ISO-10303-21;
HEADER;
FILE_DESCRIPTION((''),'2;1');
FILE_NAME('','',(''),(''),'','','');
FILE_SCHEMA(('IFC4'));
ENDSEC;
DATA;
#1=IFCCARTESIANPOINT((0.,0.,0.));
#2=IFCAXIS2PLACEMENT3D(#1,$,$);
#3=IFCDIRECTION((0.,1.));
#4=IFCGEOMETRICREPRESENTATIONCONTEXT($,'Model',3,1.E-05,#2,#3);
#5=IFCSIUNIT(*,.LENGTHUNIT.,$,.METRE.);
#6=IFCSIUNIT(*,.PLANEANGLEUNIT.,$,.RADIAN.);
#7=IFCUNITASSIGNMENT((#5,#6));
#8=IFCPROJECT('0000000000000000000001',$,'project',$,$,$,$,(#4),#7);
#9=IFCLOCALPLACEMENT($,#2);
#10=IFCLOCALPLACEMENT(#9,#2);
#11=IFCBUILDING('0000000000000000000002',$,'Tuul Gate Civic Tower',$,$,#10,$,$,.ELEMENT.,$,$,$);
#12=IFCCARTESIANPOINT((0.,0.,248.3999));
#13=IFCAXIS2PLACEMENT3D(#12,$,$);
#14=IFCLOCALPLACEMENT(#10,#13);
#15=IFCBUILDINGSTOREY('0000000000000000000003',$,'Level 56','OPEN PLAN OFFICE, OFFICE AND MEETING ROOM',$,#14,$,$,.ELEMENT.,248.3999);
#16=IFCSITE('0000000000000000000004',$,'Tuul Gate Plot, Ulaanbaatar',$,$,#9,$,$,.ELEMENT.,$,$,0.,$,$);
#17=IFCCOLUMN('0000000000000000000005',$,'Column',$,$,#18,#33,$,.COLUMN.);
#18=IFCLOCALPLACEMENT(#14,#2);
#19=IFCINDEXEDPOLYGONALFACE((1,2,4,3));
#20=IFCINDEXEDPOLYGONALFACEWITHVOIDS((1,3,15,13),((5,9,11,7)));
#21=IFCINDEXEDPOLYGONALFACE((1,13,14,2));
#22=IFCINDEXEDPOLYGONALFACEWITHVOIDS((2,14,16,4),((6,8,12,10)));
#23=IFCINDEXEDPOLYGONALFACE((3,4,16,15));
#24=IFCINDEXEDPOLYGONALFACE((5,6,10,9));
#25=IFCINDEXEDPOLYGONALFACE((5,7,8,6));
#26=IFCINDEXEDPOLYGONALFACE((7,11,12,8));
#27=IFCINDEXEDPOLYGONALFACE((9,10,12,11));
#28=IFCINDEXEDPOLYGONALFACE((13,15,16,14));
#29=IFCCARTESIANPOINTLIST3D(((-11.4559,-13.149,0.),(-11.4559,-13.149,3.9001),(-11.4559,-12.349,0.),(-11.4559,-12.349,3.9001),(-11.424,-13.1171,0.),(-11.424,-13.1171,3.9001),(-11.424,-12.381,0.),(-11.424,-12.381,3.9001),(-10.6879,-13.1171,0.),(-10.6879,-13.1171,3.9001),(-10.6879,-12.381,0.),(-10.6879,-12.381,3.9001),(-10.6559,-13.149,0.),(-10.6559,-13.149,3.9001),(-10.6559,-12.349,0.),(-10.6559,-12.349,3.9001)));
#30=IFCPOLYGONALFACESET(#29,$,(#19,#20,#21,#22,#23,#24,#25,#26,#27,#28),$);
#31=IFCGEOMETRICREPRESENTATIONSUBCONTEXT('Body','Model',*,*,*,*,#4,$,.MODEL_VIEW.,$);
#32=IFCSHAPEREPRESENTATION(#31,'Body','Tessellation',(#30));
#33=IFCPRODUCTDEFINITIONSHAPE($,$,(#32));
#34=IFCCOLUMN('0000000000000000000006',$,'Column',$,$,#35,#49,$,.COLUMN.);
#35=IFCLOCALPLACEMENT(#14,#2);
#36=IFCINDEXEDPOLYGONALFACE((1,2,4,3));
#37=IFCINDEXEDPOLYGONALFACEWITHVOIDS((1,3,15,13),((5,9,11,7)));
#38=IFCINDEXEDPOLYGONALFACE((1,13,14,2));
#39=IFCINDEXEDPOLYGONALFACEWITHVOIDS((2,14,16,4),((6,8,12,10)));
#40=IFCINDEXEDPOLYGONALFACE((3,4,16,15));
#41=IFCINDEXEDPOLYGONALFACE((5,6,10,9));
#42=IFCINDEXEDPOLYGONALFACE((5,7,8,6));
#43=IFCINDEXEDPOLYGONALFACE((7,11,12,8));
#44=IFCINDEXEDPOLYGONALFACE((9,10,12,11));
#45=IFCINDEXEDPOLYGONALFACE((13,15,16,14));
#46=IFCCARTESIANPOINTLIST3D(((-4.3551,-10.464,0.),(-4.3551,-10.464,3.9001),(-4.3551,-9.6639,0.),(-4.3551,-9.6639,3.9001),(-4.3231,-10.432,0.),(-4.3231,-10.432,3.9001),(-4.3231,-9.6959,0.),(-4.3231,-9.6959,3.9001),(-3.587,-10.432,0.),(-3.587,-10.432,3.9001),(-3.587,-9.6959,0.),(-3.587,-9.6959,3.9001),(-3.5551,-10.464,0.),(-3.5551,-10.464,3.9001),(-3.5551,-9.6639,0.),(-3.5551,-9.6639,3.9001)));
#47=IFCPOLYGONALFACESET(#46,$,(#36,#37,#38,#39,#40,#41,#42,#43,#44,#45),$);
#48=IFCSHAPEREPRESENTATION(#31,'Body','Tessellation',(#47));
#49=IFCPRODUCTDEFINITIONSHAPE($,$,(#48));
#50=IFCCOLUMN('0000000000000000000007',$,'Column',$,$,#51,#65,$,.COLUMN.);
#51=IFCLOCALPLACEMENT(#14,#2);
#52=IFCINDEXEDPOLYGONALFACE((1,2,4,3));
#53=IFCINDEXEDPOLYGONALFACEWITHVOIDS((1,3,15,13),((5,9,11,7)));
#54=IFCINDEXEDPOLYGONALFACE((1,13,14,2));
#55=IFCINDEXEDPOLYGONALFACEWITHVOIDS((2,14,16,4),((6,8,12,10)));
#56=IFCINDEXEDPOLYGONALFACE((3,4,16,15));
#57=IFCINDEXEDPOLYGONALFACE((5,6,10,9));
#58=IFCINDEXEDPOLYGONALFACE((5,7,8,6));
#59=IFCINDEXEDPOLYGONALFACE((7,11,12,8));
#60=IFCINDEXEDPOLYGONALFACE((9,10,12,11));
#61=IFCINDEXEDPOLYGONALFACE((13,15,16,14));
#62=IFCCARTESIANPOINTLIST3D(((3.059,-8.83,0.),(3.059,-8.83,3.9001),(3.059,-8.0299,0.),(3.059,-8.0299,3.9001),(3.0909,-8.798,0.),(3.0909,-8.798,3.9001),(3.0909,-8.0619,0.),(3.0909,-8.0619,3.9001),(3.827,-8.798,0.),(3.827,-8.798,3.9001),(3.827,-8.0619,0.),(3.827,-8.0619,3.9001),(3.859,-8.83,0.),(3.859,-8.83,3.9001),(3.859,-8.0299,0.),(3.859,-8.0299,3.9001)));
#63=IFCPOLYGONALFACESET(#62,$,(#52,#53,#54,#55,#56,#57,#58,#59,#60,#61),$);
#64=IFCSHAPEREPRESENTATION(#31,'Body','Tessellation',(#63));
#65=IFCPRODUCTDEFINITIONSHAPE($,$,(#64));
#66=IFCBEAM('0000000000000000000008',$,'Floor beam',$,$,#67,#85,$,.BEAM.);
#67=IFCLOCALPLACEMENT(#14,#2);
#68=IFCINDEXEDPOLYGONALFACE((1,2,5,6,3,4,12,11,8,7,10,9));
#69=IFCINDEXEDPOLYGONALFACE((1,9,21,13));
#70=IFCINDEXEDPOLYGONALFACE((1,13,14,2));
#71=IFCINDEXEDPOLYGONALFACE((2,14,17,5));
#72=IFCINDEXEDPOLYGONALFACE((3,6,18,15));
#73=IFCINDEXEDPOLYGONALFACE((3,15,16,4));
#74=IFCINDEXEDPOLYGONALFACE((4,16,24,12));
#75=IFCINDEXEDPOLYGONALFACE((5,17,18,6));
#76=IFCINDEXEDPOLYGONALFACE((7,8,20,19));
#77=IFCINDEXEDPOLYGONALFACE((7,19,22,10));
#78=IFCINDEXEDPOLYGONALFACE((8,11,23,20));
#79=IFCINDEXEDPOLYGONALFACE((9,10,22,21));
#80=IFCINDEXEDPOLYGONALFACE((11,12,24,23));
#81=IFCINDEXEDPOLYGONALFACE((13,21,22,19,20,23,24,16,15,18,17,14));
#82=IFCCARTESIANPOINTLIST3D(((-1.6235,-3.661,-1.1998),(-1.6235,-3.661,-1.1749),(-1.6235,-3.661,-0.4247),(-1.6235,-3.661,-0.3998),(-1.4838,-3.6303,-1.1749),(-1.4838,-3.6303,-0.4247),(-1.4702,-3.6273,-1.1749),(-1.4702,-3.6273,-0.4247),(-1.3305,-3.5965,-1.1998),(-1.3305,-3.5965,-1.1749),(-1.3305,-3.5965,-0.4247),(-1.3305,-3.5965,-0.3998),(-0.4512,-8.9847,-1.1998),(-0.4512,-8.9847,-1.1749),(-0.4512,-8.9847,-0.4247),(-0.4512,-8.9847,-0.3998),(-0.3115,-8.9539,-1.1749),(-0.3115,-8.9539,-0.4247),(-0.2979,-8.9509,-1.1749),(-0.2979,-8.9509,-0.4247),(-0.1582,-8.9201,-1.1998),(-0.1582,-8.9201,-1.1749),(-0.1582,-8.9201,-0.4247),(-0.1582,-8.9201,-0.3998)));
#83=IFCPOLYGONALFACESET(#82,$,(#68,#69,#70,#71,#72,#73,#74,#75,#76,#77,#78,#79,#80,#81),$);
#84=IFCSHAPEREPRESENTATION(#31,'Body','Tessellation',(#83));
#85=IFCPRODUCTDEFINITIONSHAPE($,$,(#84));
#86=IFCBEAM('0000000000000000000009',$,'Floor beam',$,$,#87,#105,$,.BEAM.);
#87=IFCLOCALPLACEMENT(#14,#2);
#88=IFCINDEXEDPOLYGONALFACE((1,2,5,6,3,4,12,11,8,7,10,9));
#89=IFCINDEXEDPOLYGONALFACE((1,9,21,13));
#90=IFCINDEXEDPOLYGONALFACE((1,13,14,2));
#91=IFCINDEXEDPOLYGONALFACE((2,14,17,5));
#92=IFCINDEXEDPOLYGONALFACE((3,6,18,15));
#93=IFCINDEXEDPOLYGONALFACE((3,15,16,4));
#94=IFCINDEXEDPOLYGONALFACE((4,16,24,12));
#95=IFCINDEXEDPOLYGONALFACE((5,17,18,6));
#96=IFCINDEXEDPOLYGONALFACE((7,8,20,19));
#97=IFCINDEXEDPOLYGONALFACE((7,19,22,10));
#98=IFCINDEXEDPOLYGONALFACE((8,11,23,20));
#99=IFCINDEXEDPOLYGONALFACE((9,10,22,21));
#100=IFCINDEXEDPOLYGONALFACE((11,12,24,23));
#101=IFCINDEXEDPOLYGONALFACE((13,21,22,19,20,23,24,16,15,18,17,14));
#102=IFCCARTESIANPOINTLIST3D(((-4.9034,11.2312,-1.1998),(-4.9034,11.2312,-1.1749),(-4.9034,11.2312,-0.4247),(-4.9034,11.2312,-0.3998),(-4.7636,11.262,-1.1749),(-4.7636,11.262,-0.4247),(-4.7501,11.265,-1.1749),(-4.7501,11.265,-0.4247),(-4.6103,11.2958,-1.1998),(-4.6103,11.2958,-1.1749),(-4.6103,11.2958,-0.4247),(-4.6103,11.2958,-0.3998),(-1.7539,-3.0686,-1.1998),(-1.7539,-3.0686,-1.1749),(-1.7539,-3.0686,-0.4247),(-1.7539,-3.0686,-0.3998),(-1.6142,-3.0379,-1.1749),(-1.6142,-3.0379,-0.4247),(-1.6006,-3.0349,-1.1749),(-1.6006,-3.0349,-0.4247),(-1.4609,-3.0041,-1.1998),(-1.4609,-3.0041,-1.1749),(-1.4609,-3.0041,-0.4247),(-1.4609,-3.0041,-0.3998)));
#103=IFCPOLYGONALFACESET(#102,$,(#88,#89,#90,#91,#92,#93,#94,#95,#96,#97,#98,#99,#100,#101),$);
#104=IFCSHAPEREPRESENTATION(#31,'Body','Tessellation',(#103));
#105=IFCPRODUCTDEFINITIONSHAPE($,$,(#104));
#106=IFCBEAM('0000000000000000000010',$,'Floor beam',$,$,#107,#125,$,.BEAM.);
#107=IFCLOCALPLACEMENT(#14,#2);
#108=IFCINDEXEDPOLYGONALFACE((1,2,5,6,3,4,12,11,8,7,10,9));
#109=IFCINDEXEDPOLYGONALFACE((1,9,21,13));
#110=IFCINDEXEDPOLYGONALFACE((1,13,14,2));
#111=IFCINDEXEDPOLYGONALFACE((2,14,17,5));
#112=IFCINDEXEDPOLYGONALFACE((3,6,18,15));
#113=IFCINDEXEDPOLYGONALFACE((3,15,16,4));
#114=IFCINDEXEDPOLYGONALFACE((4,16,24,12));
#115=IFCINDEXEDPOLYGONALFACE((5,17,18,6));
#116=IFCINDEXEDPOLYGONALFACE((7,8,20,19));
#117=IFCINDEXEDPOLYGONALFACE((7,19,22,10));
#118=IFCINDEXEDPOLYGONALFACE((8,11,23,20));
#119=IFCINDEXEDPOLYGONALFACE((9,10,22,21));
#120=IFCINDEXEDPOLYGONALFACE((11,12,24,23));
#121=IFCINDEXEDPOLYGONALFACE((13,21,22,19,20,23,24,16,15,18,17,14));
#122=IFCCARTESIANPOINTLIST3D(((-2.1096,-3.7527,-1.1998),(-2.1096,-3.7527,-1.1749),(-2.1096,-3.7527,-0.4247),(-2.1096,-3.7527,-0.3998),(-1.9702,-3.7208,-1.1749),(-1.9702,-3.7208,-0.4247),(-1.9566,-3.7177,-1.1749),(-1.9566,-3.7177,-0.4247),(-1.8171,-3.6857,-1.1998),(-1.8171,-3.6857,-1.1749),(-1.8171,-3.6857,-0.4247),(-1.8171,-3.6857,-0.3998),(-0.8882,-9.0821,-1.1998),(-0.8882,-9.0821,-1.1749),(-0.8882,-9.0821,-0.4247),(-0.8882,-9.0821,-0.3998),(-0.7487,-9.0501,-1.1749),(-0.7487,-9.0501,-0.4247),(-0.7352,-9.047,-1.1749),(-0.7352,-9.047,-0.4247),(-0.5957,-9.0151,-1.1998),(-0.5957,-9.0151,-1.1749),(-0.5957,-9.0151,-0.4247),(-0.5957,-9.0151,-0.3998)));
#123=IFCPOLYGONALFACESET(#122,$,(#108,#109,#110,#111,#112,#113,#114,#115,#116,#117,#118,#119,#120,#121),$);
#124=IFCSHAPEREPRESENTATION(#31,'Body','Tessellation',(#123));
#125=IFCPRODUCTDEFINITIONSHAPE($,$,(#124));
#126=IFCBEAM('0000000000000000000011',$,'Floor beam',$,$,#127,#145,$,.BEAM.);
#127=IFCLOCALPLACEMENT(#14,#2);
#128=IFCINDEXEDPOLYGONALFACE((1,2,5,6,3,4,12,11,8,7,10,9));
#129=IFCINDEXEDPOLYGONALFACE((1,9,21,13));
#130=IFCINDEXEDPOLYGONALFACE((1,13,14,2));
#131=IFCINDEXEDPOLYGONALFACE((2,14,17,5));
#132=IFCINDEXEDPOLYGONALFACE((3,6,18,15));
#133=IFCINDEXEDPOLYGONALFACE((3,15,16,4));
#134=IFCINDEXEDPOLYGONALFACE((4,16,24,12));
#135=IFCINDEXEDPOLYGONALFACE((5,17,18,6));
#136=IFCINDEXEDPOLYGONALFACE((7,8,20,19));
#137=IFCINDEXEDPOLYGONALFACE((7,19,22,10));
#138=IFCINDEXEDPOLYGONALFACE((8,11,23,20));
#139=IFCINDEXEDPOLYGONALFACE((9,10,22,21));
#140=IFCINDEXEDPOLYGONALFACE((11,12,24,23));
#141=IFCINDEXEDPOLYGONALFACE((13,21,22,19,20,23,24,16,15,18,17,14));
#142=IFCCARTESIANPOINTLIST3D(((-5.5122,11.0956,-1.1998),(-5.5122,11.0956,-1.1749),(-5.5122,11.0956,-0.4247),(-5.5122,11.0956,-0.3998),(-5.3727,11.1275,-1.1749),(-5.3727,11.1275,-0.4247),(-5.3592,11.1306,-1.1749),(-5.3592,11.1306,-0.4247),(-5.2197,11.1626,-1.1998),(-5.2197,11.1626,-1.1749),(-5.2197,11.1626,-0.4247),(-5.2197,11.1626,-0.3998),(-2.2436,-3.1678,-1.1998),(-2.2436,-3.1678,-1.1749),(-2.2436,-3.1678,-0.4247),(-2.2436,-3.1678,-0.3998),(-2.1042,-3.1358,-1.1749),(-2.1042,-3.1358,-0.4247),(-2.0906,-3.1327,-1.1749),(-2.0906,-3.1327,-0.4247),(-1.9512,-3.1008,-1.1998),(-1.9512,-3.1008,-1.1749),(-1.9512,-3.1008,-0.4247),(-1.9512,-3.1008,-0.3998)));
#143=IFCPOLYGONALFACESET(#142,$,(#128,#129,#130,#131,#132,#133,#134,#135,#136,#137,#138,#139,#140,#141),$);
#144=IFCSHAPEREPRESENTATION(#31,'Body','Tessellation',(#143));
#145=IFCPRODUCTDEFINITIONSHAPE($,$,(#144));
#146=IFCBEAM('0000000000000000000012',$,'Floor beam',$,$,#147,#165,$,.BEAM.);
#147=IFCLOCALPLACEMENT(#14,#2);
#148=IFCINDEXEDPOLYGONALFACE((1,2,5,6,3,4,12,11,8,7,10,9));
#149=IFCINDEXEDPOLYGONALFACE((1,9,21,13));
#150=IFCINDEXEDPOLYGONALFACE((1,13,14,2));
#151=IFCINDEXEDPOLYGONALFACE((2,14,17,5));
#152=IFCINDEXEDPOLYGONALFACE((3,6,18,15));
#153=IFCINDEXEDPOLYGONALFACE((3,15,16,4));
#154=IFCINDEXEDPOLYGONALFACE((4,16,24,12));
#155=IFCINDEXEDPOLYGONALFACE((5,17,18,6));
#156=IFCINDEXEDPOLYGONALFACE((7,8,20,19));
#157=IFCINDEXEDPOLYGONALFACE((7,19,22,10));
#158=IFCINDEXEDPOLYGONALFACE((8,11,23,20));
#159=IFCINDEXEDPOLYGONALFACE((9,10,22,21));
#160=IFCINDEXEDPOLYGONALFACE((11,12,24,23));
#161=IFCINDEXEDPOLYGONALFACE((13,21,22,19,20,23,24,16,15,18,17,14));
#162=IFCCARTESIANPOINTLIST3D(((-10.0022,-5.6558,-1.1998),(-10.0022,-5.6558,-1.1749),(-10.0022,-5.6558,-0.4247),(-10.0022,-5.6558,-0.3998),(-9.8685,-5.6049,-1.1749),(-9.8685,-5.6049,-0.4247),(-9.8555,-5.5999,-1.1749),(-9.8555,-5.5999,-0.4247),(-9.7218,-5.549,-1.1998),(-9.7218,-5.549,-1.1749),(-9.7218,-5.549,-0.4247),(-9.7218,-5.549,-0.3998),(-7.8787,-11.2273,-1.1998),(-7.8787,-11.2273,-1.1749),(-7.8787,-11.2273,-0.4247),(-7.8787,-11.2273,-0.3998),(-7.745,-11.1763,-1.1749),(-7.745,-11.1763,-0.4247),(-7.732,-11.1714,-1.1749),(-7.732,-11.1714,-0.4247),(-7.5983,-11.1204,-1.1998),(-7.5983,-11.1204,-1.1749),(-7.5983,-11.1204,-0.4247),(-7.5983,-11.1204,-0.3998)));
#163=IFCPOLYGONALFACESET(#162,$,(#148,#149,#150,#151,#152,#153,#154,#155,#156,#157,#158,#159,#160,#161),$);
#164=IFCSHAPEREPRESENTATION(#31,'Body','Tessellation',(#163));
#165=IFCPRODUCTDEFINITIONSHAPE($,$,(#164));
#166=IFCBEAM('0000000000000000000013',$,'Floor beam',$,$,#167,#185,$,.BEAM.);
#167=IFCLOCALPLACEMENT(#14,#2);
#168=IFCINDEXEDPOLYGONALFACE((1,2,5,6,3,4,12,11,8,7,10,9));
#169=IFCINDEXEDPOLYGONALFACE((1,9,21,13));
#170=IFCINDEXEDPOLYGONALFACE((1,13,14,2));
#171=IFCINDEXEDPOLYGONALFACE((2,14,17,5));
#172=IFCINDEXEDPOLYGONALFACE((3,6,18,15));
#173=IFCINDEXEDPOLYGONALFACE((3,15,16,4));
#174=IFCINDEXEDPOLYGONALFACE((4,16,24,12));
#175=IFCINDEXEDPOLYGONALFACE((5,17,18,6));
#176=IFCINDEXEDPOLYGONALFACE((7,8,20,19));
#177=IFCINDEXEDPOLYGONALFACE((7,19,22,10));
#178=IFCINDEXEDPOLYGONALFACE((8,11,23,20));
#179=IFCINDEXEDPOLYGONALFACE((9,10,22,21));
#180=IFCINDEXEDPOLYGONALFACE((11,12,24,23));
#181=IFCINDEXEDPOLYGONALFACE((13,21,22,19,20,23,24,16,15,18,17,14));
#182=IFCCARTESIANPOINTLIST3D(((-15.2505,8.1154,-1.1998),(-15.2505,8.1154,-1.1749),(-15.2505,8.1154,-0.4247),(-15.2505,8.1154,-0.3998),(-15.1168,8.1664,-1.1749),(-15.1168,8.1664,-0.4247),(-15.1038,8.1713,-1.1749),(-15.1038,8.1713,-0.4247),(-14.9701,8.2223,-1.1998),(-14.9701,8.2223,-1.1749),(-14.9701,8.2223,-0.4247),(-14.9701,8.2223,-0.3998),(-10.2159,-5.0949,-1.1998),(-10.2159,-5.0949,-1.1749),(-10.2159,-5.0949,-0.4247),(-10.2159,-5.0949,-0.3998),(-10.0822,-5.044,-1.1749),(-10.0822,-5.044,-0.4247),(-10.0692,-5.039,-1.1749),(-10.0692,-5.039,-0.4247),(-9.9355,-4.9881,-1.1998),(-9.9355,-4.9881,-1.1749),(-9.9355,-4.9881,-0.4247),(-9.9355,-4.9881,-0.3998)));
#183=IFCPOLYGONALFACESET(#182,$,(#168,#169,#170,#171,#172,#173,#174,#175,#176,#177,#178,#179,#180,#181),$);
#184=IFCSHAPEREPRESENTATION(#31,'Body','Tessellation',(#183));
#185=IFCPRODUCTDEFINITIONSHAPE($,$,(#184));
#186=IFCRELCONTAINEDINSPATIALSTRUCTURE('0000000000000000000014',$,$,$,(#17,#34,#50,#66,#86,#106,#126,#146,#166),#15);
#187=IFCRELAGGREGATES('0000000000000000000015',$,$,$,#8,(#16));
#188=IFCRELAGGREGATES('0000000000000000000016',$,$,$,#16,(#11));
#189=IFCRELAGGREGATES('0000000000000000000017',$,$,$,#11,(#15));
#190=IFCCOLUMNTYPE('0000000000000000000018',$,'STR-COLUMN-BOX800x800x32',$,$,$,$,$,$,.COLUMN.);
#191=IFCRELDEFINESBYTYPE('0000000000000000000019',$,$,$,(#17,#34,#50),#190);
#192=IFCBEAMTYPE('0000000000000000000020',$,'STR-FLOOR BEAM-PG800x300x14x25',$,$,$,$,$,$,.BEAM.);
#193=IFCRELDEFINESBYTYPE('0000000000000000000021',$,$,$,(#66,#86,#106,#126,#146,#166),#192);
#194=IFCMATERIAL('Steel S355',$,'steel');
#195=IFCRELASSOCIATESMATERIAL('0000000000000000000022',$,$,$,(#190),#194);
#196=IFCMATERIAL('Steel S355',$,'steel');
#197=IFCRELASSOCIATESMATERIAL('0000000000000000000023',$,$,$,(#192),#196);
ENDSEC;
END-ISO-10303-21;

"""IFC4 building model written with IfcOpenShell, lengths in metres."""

from ifc_helpers import new_model, si_unit, direction, frame, origin, origin_2d, place, context, subcontext, project, spatial, hollow_rectangle, i_section, extrude, material, material_profile, profile_set, type_object, element, save


model = new_model("IFC4")

# Units and contexts
model_context = context("Model", 3, precision=1e-05, world=origin(), true_north=direction((0.0, 1.0)))
body_context = subcontext(model_context, "Body", "Model", "MODEL_VIEW")
ifc_project = project(units=[si_unit("LENGTHUNIT", "METRE"), si_unit("PLANEANGLEUNIT", "RADIAN")], contexts=[model_context])

# Site, building, storey
site_placement = place(None, origin())
site = spatial("IfcSite", under=ifc_project, at=site_placement, Name="Tuul Gate Plot, Ulaanbaatar", CompositionType="ELEMENT", RefElevation=0.0)
building_placement = place(site_placement, origin())
building = spatial("IfcBuilding", under=site, at=building_placement, Name="Tuul Gate Civic Tower", CompositionType="ELEMENT")
storey_placement = place(building_placement, frame((0.0, 0.0, 248.3999)))
storey = spatial("IfcBuildingStorey", under=building, at=storey_placement, Name="Level 56", Description="OPEN PLAN OFFICE, OFFICE AND MEETING ROOM", CompositionType="ELEMENT", Elevation=248.3999)

# Columns
ifc_material_1 = material(Name="Steel S355", Category="steel")
ifc_material_profile_1 = material_profile(ifc_material_1, hollow_rectangle(XDim=0.8, YDim=0.8, WallThickness=0.032, at=origin_2d()), Name="BOX800x800x32")
ifc_profile_set_1 = profile_set([ifc_material_profile_1], Name="Steel S355")
column_type = type_object("IfcColumnType", Name="STR-COLUMN-BOX800x800x32", PredefinedType="COLUMN", material=ifc_profile_set_1)
for number, where, z_axis, x_axis, name in (
    (1, (-11.0559, -12.749, 0.0), (0.0, 0.0, 1.0), (1.0, 0.0, 0.0), "Column"),
    (2, (-3.9551, -10.064, 0.0), (0.0, 0.0, 1.0), (1.0, 0.0, 0.0), "Column"),
    (3, (3.459, -8.4299, 0.0), (0.0, 0.0, 1.0), (1.0, 0.0, 0.0), "Column"),
):
    element("IfcColumn", number, at=place(storey_placement, frame(where, z_axis=z_axis, x_axis=x_axis)), inside=storey, type_object=column_type, Name=name, PredefinedType="COLUMN", context=body_context, shape_type="SweptSolid", body=[
        extrude(hollow_rectangle(XDim=0.8, YDim=0.8, WallThickness=0.032, at=origin_2d()), origin(), (0.0, 0.0, 1.0), 3.9001),
    ])

# Beams
ifc_material_2 = material(Name="Steel S355", Category="steel")
ifc_material_profile_2 = material_profile(ifc_material_2, i_section(OverallWidth=0.3, OverallDepth=0.8, WebThickness=0.0139, FlangeThickness=0.0249, at=origin_2d()), Name="PG800x300x14x25")
ifc_profile_set_2 = profile_set([ifc_material_profile_2], Name="Steel S355")
beam_type = type_object("IfcBeamType", Name="STR-FLOOR BEAM-PG800x300x14x25", PredefinedType="BEAM", material=ifc_profile_set_2)
beam_1_placement = place(storey_placement, frame((-0.3047, -8.9524, -0.7998), z_axis=(-0.215062, 0.9766, 0.0), x_axis=(-0.9766, -0.215062, 0.0)))
element("IfcBeam", 4, at=beam_1_placement, inside=storey, type_object=beam_type, Name="Floor beam", PredefinedType="BEAM", context=body_context, shape_type="SweptSolid", body=[
    extrude(i_section(OverallWidth=0.3, OverallDepth=0.8, WebThickness=0.0139, FlangeThickness=0.0249, at=origin_2d()), origin(), (0.0, 0.0, 1.0), 5.4512),
])
beam_2_placement = place(storey_placement, frame((-1.6074, -3.0364, -0.7998), z_axis=(-0.215087, 0.976595, 0.0), x_axis=(-0.976595, -0.215087, 0.0)))
element("IfcBeam", 5, at=beam_2_placement, inside=storey, type_object=beam_type, Name="Floor beam", PredefinedType="BEAM", context=body_context, shape_type="SweptSolid", body=[
    extrude(i_section(OverallWidth=0.3, OverallDepth=0.8, WebThickness=0.0139, FlangeThickness=0.0249, at=origin_2d()), origin(), (0.0, 0.0, 1.0), 14.6426),
])
beam_3_placement = place(storey_placement, frame((-0.7419, -9.0486, -0.7998), z_axis=(-0.223398, 0.974727, 0.0), x_axis=(-0.974727, -0.223398, 0.0)))
element("IfcBeam", 6, at=beam_3_placement, inside=storey, type_object=beam_type, Name="Floor beam", PredefinedType="BEAM", context=body_context, shape_type="SweptSolid", body=[
    extrude(i_section(OverallWidth=0.3, OverallDepth=0.8, WebThickness=0.0139, FlangeThickness=0.0249, at=origin_2d()), origin(), (0.0, 0.0, 1.0), 5.4675),
])
beam_4_placement = place(storey_placement, frame((-2.0974, -3.1343, -0.7998), z_axis=(-0.223367, 0.974735, 0.0), x_axis=(-0.974735, -0.223367, 0.0)))
element("IfcBeam", 7, at=beam_4_placement, inside=storey, type_object=beam_type, Name="Floor beam", PredefinedType="BEAM", context=body_context, shape_type="SweptSolid", body=[
    extrude(i_section(OverallWidth=0.3, OverallDepth=0.8, WebThickness=0.0139, FlangeThickness=0.0249, at=origin_2d()), origin(), (0.0, 0.0, 1.0), 14.6331),
])
beam_5_placement = place(storey_placement, frame((-7.7385, -11.1738, -0.7998), z_axis=(-0.356149, 0.934429, 0.0), x_axis=(-0.934429, -0.356149, 0.0)))
element("IfcBeam", 8, at=beam_5_placement, inside=storey, type_object=beam_type, Name="Floor beam", PredefinedType="BEAM", context=body_context, shape_type="SweptSolid", body=[
    extrude(i_section(OverallWidth=0.3, OverallDepth=0.8, WebThickness=0.0139, FlangeThickness=0.0249, at=origin_2d()), origin(), (0.0, 0.0, 1.0), 5.9624),
])
beam_6_placement = place(storey_placement, frame((-10.0757, -5.0415, -0.7998), z_axis=(-0.356126, 0.934438, 0.0), x_axis=(-0.934438, -0.356126, 0.0)))
element("IfcBeam", 9, at=beam_6_placement, inside=storey, type_object=beam_type, Name="Floor beam", PredefinedType="BEAM", context=body_context, shape_type="SweptSolid", body=[
    extrude(i_section(OverallWidth=0.3, OverallDepth=0.8, WebThickness=0.0139, FlangeThickness=0.0249, at=origin_2d()), origin(), (0.0, 0.0, 1.0), 14.1372),
])

save(model, "model.ifc")
